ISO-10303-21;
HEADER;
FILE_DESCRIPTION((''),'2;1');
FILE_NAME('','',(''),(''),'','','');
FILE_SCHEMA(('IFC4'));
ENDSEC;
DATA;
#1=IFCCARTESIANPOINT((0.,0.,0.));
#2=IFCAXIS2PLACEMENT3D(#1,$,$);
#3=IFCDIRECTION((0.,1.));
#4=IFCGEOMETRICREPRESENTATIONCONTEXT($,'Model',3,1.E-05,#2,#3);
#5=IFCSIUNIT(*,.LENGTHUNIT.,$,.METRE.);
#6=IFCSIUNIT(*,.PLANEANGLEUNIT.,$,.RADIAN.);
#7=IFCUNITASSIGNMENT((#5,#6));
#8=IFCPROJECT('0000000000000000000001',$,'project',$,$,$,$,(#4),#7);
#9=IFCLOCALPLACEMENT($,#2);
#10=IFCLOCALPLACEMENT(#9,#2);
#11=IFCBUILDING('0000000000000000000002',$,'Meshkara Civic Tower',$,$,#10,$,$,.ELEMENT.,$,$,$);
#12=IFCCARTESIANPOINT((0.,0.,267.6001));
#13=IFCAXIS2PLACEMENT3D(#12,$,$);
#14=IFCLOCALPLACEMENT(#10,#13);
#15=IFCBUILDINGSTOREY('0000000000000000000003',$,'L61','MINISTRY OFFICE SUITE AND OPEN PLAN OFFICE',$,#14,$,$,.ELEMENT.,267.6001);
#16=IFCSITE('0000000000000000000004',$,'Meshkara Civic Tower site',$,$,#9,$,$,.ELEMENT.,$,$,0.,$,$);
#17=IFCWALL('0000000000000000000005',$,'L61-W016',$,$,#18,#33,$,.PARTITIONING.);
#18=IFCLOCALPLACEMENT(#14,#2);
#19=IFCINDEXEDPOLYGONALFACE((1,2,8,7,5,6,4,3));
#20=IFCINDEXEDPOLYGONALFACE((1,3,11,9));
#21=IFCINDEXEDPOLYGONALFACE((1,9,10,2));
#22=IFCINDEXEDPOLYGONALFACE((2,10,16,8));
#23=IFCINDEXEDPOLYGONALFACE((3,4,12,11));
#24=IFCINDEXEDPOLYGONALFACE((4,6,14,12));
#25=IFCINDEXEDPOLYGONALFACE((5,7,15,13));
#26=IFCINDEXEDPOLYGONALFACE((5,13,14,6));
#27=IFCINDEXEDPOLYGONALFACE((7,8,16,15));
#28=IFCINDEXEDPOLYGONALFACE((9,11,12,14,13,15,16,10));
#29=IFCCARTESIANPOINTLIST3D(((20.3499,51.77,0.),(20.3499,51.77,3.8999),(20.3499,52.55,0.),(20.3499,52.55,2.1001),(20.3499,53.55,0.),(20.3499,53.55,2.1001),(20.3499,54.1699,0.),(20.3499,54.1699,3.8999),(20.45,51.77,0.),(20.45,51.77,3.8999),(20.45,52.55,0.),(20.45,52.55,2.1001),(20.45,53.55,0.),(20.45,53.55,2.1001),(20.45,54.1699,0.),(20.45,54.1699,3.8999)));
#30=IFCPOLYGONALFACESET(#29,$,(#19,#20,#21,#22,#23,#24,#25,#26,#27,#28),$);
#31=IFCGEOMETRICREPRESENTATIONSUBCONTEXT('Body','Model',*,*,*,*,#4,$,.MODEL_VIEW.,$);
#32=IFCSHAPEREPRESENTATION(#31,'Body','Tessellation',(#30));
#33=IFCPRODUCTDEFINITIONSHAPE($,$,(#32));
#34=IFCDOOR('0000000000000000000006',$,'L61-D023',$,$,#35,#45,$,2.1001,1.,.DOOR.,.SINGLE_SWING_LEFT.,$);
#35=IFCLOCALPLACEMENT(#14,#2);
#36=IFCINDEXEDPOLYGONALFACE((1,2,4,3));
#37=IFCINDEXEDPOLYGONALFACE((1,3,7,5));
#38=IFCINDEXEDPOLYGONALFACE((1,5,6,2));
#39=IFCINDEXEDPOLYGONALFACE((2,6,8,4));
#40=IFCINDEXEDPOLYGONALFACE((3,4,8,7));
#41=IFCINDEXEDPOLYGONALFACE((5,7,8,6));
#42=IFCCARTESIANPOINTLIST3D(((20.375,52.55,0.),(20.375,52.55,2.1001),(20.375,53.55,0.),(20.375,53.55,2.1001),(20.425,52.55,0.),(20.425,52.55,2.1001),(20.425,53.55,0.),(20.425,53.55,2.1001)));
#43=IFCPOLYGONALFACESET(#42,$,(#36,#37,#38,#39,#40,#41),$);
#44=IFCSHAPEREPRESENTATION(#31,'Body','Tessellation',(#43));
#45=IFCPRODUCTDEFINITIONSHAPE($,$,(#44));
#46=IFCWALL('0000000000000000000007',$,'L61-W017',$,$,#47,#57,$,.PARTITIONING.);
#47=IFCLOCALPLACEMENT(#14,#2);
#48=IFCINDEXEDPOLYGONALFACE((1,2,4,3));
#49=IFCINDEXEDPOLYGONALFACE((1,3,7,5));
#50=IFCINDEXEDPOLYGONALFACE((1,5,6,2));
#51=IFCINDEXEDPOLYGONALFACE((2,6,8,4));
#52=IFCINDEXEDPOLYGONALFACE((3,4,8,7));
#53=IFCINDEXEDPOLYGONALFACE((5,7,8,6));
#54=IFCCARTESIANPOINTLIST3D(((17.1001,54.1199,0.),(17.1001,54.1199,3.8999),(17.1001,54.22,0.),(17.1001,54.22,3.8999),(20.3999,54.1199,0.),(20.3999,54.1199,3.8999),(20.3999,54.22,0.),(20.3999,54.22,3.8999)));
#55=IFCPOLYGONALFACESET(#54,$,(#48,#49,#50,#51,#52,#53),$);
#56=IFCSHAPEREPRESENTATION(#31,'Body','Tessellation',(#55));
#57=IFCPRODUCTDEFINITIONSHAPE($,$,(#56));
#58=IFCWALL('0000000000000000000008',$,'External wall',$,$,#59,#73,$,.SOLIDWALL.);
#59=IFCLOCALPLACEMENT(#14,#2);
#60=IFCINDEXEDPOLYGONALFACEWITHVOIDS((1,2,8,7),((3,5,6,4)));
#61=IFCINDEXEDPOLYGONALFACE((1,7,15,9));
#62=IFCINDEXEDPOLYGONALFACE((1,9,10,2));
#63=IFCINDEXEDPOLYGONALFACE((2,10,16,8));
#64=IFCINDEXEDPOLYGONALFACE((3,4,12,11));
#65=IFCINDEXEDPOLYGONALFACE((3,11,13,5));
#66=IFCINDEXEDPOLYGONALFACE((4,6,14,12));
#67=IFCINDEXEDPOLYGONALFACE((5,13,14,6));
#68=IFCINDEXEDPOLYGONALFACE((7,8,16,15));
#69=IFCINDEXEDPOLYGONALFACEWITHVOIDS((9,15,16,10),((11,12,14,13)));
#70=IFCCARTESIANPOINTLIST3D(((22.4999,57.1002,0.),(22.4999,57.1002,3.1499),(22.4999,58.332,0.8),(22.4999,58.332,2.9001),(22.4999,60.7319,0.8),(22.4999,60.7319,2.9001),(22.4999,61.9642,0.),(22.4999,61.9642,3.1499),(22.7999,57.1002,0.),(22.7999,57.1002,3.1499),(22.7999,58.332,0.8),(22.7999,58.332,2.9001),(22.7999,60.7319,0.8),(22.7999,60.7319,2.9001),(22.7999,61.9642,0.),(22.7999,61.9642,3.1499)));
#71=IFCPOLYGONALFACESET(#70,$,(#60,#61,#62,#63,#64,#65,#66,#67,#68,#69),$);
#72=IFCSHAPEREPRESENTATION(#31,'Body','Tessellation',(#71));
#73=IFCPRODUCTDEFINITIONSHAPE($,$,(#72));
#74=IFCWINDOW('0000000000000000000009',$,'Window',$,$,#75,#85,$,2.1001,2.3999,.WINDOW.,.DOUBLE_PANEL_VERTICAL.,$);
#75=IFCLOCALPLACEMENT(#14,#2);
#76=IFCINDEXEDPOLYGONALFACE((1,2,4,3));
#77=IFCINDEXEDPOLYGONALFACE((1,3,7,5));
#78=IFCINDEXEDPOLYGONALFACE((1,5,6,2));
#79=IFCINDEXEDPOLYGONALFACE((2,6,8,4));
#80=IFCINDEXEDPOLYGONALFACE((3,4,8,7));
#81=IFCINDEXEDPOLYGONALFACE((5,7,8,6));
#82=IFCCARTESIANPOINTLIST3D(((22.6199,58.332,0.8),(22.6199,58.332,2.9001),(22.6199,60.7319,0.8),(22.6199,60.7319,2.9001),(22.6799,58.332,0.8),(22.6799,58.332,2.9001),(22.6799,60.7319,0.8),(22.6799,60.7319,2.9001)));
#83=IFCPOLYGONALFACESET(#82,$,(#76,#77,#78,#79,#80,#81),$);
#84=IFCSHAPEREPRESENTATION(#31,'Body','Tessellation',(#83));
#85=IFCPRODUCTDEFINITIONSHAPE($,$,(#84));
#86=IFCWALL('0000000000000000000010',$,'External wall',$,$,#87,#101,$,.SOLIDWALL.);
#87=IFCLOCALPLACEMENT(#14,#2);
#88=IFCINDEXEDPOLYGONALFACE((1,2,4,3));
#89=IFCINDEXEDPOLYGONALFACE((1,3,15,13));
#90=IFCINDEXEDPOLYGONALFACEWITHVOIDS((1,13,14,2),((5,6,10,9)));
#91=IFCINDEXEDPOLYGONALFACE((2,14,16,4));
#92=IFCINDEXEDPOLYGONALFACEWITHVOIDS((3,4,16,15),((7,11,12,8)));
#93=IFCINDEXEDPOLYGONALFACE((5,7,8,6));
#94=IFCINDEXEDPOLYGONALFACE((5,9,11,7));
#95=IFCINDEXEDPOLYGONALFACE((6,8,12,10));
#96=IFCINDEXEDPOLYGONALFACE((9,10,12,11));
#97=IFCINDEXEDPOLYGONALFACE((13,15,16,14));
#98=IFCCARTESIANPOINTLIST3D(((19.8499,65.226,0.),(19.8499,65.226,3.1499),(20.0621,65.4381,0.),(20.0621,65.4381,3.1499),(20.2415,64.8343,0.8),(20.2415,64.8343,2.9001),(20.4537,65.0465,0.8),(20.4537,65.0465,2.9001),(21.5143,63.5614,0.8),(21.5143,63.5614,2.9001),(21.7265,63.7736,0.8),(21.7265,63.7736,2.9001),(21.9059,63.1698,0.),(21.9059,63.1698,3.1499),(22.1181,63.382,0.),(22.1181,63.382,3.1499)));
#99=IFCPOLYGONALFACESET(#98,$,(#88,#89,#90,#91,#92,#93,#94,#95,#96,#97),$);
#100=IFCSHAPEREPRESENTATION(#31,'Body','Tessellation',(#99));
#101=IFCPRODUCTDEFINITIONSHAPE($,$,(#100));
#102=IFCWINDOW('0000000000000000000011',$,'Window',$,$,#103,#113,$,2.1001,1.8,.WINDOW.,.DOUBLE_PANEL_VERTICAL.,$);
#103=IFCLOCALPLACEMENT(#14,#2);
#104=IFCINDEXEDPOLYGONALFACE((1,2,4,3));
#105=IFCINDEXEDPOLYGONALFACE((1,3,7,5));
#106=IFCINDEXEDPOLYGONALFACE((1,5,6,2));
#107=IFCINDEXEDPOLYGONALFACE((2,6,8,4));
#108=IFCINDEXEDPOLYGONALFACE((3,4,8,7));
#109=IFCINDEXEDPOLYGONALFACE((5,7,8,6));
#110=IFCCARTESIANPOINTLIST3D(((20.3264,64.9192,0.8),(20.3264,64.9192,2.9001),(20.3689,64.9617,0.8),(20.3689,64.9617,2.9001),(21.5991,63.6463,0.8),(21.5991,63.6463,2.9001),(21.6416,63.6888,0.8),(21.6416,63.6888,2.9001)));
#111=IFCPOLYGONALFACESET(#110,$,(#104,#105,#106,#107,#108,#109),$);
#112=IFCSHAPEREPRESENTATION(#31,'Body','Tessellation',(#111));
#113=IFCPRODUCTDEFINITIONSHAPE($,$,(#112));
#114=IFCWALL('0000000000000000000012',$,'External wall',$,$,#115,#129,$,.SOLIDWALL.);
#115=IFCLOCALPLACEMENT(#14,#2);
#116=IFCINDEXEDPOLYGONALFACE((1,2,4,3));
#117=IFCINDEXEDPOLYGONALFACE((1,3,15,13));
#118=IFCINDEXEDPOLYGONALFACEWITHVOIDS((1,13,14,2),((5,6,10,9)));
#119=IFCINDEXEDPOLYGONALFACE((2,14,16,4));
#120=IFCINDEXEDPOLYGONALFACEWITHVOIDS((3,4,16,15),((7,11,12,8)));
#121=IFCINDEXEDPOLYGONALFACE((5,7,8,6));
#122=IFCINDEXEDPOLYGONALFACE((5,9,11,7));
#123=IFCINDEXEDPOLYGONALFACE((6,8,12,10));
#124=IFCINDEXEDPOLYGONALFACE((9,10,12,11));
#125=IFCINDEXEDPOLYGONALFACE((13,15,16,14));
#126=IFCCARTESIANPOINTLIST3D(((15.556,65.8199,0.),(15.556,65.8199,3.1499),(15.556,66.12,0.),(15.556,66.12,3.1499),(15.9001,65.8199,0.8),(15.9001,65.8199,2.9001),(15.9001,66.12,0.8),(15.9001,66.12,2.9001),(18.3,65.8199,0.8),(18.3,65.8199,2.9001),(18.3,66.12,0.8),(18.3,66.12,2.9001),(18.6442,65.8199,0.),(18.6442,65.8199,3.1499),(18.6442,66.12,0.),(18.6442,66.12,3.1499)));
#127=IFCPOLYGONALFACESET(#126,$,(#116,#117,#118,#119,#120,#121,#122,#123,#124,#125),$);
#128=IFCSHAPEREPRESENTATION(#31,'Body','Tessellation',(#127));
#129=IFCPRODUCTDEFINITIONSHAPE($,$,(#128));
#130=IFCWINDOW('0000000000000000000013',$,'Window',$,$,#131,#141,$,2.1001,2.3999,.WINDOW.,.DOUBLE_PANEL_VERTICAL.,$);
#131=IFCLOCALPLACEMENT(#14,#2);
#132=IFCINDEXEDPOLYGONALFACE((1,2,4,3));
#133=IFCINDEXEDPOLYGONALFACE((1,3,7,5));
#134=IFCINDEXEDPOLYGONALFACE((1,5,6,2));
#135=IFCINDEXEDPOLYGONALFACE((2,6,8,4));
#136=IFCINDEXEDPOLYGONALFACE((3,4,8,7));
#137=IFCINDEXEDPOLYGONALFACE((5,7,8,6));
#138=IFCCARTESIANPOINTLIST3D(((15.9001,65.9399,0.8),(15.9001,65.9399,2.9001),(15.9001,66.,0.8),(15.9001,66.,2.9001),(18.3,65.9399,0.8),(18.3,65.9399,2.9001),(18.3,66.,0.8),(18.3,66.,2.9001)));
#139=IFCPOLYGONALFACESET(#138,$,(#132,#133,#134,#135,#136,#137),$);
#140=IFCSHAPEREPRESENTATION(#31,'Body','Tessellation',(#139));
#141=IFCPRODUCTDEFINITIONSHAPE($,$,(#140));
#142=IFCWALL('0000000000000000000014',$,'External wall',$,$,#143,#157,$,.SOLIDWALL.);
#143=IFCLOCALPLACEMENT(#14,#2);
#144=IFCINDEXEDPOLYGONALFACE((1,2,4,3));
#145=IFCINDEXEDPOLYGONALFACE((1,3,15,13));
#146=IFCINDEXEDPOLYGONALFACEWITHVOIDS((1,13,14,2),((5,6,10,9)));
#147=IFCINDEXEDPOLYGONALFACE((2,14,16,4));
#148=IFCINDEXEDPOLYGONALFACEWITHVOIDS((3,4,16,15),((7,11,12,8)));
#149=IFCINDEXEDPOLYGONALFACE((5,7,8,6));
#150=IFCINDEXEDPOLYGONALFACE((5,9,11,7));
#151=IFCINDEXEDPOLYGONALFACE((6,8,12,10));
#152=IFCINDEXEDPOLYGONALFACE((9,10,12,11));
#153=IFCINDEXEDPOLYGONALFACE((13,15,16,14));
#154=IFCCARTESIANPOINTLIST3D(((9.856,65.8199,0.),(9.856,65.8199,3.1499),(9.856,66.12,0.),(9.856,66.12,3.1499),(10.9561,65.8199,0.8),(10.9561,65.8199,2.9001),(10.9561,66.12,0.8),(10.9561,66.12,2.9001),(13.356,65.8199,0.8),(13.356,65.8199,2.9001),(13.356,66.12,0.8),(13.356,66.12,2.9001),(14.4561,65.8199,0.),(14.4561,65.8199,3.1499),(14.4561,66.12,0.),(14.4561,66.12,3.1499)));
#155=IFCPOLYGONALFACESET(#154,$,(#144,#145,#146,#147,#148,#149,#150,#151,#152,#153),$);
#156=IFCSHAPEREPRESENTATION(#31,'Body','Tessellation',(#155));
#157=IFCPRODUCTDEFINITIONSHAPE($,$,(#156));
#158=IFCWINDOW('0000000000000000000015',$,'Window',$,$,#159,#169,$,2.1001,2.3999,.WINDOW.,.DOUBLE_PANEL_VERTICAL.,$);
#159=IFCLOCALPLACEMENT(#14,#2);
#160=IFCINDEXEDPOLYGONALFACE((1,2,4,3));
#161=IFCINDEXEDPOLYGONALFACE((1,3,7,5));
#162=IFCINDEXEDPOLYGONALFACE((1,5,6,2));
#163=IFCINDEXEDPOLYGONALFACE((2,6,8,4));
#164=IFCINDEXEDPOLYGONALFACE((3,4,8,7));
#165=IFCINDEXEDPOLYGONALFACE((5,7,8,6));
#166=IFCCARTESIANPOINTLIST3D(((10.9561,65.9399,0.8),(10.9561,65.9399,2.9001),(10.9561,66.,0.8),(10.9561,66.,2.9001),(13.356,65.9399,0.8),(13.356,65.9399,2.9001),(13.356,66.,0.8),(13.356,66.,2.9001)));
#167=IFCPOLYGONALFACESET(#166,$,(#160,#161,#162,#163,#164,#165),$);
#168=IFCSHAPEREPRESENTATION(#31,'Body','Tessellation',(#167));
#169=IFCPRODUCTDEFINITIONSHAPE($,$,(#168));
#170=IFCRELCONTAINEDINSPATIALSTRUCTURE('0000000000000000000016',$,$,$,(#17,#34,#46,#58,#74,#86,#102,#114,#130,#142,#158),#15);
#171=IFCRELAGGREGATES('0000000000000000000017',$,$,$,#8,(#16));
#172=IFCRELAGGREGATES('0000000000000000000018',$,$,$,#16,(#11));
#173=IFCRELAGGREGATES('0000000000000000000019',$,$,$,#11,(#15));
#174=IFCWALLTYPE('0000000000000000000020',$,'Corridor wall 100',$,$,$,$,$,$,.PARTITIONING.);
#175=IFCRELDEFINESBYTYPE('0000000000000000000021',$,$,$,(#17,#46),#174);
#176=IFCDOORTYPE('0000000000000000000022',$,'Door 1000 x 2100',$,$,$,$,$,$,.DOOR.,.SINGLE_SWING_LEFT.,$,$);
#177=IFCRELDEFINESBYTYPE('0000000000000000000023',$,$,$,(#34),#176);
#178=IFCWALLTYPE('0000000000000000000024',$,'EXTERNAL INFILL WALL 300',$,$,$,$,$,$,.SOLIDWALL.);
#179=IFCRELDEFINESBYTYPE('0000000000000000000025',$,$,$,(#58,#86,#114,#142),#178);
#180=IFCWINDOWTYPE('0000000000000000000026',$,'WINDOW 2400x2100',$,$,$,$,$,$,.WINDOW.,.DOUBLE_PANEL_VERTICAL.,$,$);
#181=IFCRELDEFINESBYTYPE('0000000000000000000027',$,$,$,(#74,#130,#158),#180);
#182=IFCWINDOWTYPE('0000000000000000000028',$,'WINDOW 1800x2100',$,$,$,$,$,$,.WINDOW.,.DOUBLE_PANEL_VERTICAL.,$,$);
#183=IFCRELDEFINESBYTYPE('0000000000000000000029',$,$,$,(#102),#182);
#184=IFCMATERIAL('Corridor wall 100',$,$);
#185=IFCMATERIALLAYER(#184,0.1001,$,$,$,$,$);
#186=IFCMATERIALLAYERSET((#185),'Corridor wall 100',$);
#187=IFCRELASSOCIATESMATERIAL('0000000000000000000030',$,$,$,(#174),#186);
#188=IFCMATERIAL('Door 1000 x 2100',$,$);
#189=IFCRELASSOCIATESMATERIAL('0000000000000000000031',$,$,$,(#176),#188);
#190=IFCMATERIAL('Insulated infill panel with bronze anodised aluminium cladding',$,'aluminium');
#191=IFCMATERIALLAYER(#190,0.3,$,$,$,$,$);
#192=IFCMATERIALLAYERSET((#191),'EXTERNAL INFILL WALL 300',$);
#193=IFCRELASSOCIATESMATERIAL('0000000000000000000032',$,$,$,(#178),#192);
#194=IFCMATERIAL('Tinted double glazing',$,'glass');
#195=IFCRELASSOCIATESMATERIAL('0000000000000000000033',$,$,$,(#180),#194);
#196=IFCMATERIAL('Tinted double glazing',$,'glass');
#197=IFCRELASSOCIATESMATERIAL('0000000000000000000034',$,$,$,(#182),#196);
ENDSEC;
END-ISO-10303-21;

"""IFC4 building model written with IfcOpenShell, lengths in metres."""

from ifc_helpers import new_model, si_unit, direction, frame, frame_2d, origin, place, context, subcontext, project, spatial, rectangle, extrude, material, layer, layer_set, type_object, element, fill, save


model = new_model("IFC4")

# Units and contexts
model_context = context("Model", 3, precision=1e-05, world=origin(), true_north=direction((0.0, 1.0)))
body_context = subcontext(model_context, "Body", "Model", "MODEL_VIEW")
ifc_project = project(units=[si_unit("LENGTHUNIT", "METRE"), si_unit("PLANEANGLEUNIT", "RADIAN")], contexts=[model_context])

# Site, building, storey
site_placement = place(None, origin())
site = spatial("IfcSite", under=ifc_project, at=site_placement, Name="Meshkara Civic Tower site", CompositionType="ELEMENT", RefElevation=0.0)
building_placement = place(site_placement, origin())
building = spatial("IfcBuilding", under=site, at=building_placement, Name="Meshkara Civic Tower", CompositionType="ELEMENT")
storey_placement = place(building_placement, frame((0.0, 0.0, 267.6001)))
storey = spatial("IfcBuildingStorey", under=building, at=storey_placement, Name="L61", Description="MINISTRY OFFICE SUITE AND OPEN PLAN OFFICE", CompositionType="ELEMENT", Elevation=267.6001)

# Shared definitions
ifc_material_1 = material(Name="Corridor wall 100")
ifc_layer_1 = layer(ifc_material_1, 0.1001)
ifc_layer_set_1 = layer_set([ifc_layer_1], Name="Corridor wall 100")
wall_type_1 = type_object("IfcWallType", Name="Corridor wall 100", PredefinedType="PARTITIONING", material=ifc_layer_set_1)

# Wall, opening, door
wall_1_placement = place(storey_placement, frame((20.3999, 51.77, 0.0), z_axis=(0.0, 0.0, 1.0), x_axis=(0.0, 1.0, 0.0)))
wall_1 = element("IfcWall", 1, at=wall_1_placement, inside=storey, type_object=wall_type_1, Name="L61-W016", PredefinedType="PARTITIONING", context=body_context, shape_type="SweptSolid", body=[
    extrude(rectangle(XDim=2.3999, YDim=0.1001, at=frame_2d((1.2, 0.0))), origin(), (0.0, 0.0, 1.0), 3.8999),
])
opening_1_placement = place(wall_1_placement, frame((0.78, 0.0, 0.0)))
opening_1 = element("IfcOpeningElement", 2, at=opening_1_placement, cuts=wall_1, PredefinedType="OPENING", context=body_context, shape_type="SweptSolid", body=[
    extrude(rectangle(XDim=1.0, YDim=2.1001, at=frame_2d((0.5, 1.05))), frame((0.0, 0.0601, 0.0), z_axis=(0.0, -1.0, 0.0), x_axis=(1.0, 0.0, 0.0)), (0.0, 0.0, 1.0), 0.1201),
])
ifc_material_2 = material(Name="Door 1000 x 2100")
door_type_1 = type_object("IfcDoorType", Name="Door 1000 x 2100", OperationType="SINGLE_SWING_LEFT", PredefinedType="DOOR", material=ifc_material_2)
door_1_placement = place(opening_1_placement, origin())
door_1 = element("IfcDoor", 3, at=door_1_placement, inside=storey, type_object=door_type_1, Name="L61-D023", OperationType="SINGLE_SWING_LEFT", OverallHeight=2.1001, OverallWidth=1.0, PredefinedType="DOOR", context=body_context, shape_type="SweptSolid", body=[
    extrude(rectangle(XDim=1.0, YDim=2.1001, at=frame_2d((0.5, 1.05))), frame((0.0, 0.0249, 0.0), z_axis=(0.0, -1.0, 0.0), x_axis=(1.0, 0.0, 0.0)), (0.0, 0.0, 1.0), 0.05),
])
fill(opening_1, door_1)

# Wall
wall_2_placement = place(storey_placement, frame((20.3999, 54.1699, 0.0), z_axis=(0.0, 0.0, 1.0), x_axis=(-1.0, 0.0, 0.0)))
element("IfcWall", 4, at=wall_2_placement, inside=storey, type_object=wall_type_1, Name="L61-W017", PredefinedType="PARTITIONING", context=body_context, shape_type="SweptSolid", body=[
    extrude(rectangle(XDim=3.2998, YDim=0.1001, at=frame_2d((1.6499, 0.0))), origin(), (0.0, 0.0, 1.0), 3.8999),
])

# Walls, openings, windows
ifc_material_3 = material(Name="Insulated infill panel with bronze anodised aluminium cladding", Category="aluminium")
ifc_layer_2 = layer(ifc_material_3, 0.3)
ifc_layer_set_2 = layer_set([ifc_layer_2], Name="EXTERNAL INFILL WALL 300")
wall_type_2 = type_object("IfcWallType", Name="EXTERNAL INFILL WALL 300", PredefinedType="SOLIDWALL", material=ifc_layer_set_2)
wall_3_placement = place(storey_placement, frame((22.6499, 57.1001, 0.0), z_axis=(0.0, 0.0, 1.0), x_axis=(0.0, 1.0, 0.0)))
wall_3 = element("IfcWall", 5, at=wall_3_placement, inside=storey, type_object=wall_type_2, Name="External wall", PredefinedType="SOLIDWALL", context=body_context, shape_type="SweptSolid", body=[
    extrude(rectangle(XDim=4.864, YDim=0.3, at=frame_2d((2.4321, 0.0))), origin(), (0.0, 0.0, 1.0), 3.1499),
])
opening_2_placement = place(wall_3_placement, frame((1.2319, 0.0, 0.8)))
opening_2 = element("IfcOpeningElement", 6, at=opening_2_placement, cuts=wall_3, PredefinedType="OPENING", context=body_context, shape_type="SweptSolid", body=[
    extrude(rectangle(XDim=2.3999, YDim=2.1001, at=frame_2d((1.2, 1.05))), frame((0.0, 0.1599, 0.0), z_axis=(0.0, -1.0, 0.0), x_axis=(1.0, 0.0, 0.0)), (0.0, 0.0, 1.0), 0.3201),
])
ifc_material_4 = material(Name="Tinted double glazing", Category="glass")
window_type_1 = type_object("IfcWindowType", Name="WINDOW 2400x2100", PartitioningType="DOUBLE_PANEL_VERTICAL", PredefinedType="WINDOW", material=ifc_material_4)
window_1_placement = place(opening_2_placement, origin())
window_1 = element("IfcWindow", 7, at=window_1_placement, inside=storey, type_object=window_type_1, Name="Window", OverallHeight=2.1001, OverallWidth=2.3999, PartitioningType="DOUBLE_PANEL_VERTICAL", PredefinedType="WINDOW", context=body_context, shape_type="SweptSolid", body=[
    extrude(rectangle(XDim=2.3999, YDim=2.1001, at=frame_2d((1.2, 1.05))), frame((0.0, 0.03, 0.0), z_axis=(0.0, -1.0, 0.0), x_axis=(1.0, 0.0, 0.0)), (0.0, 0.0, 1.0), 0.0601),
])
fill(opening_2, window_1)
wall_4_placement = place(storey_placement, frame((22.012, 63.2759, 0.0), z_axis=(0.0, 0.0, 1.0), x_axis=(-0.707065, 0.707149, 0.0)))
wall_4 = element("IfcWall", 8, at=wall_4_placement, inside=storey, type_object=wall_type_2, Name="External wall", PredefinedType="SOLIDWALL", context=body_context, shape_type="SweptSolid", body=[
    extrude(rectangle(XDim=2.9077, YDim=0.3, at=frame_2d((1.4539, 0.0))), origin(), (0.0, 0.0, 1.0), 3.1499),
])
opening_3_placement = place(wall_4_placement, frame((0.554, 0.0, 0.8)))
opening_3 = element("IfcOpeningElement", 9, at=opening_3_placement, cuts=wall_4, PredefinedType="OPENING", context=body_context, shape_type="SweptSolid", body=[
    extrude(rectangle(XDim=1.8, YDim=2.1001, at=frame_2d((0.8999, 1.05))), frame((0.0, 0.1599, 0.0), z_axis=(0.0, -1.0, 0.0), x_axis=(1.0, 0.0, 0.0)), (0.0, 0.0, 1.0), 0.3201),
])
ifc_material_5 = material(Name="Tinted double glazing", Category="glass")
window_type_2 = type_object("IfcWindowType", Name="WINDOW 1800x2100", PartitioningType="DOUBLE_PANEL_VERTICAL", PredefinedType="WINDOW", material=ifc_material_5)
window_2_placement = place(opening_3_placement, origin())
window_2 = element("IfcWindow", 10, at=window_2_placement, inside=storey, type_object=window_type_2, Name="Window", OverallHeight=2.1001, OverallWidth=1.8, PartitioningType="DOUBLE_PANEL_VERTICAL", PredefinedType="WINDOW", context=body_context, shape_type="SweptSolid", body=[
    extrude(rectangle(XDim=1.8, YDim=2.1001, at=frame_2d((0.8999, 1.05))), frame((0.0, 0.03, 0.0), z_axis=(0.0, -1.0, 0.0), x_axis=(1.0, 0.0, 0.0)), (0.0, 0.0, 1.0), 0.0601),
])
fill(opening_3, window_2)
wall_5_placement = place(storey_placement, frame((18.644, 65.97, 0.0), z_axis=(0.0, 0.0, 1.0), x_axis=(-1.0, 0.0, 0.0)))
wall_5 = element("IfcWall", 11, at=wall_5_placement, inside=storey, type_object=wall_type_2, Name="External wall", PredefinedType="SOLIDWALL", context=body_context, shape_type="SweptSolid", body=[
    extrude(rectangle(XDim=3.0881, YDim=0.3, at=frame_2d((1.5439, 0.0))), origin(), (0.0, 0.0, 1.0), 3.1499),
])
opening_4_placement = place(wall_5_placement, frame((0.344, 0.0, 0.8)))
opening_4 = element("IfcOpeningElement", 12, at=opening_4_placement, cuts=wall_5, PredefinedType="OPENING", context=body_context, shape_type="SweptSolid", body=[
    extrude(rectangle(XDim=2.3999, YDim=2.1001, at=frame_2d((1.2, 1.05))), frame((0.0, 0.1599, 0.0), z_axis=(0.0, -1.0, 0.0), x_axis=(1.0, 0.0, 0.0)), (0.0, 0.0, 1.0), 0.3201),
])
window_3_placement = place(opening_4_placement, origin())
window_3 = element("IfcWindow", 13, at=window_3_placement, inside=storey, type_object=window_type_1, Name="Window", OverallHeight=2.1001, OverallWidth=2.3999, PartitioningType="DOUBLE_PANEL_VERTICAL", PredefinedType="WINDOW", context=body_context, shape_type="SweptSolid", body=[
    extrude(rectangle(XDim=2.3999, YDim=2.1001, at=frame_2d((1.2, 1.05))), frame((0.0, 0.03, 0.0), z_axis=(0.0, -1.0, 0.0), x_axis=(1.0, 0.0, 0.0)), (0.0, 0.0, 1.0), 0.0601),
])
fill(opening_4, window_3)
wall_6_placement = place(storey_placement, frame((14.4561, 65.97, 0.0), z_axis=(0.0, 0.0, 1.0), x_axis=(-1.0, 0.0, 0.0)))
wall_6 = element("IfcWall", 14, at=wall_6_placement, inside=storey, type_object=wall_type_2, Name="External wall", PredefinedType="SOLIDWALL", context=body_context, shape_type="SweptSolid", body=[
    extrude(rectangle(XDim=4.6001, YDim=0.3, at=frame_2d((2.3, 0.0))), origin(), (0.0, 0.0, 1.0), 3.1499),
])
opening_5_placement = place(wall_6_placement, frame((1.1001, 0.0, 0.8)))
opening_5 = element("IfcOpeningElement", 15, at=opening_5_placement, cuts=wall_6, PredefinedType="OPENING", context=body_context, shape_type="SweptSolid", body=[
    extrude(rectangle(XDim=2.3999, YDim=2.1001, at=frame_2d((1.2, 1.05))), frame((0.0, 0.1599, 0.0), z_axis=(0.0, -1.0, 0.0), x_axis=(1.0, 0.0, 0.0)), (0.0, 0.0, 1.0), 0.3201),
])
window_4_placement = place(opening_5_placement, origin())
window_4 = element("IfcWindow", 16, at=window_4_placement, inside=storey, type_object=window_type_1, Name="Window", OverallHeight=2.1001, OverallWidth=2.3999, PartitioningType="DOUBLE_PANEL_VERTICAL", PredefinedType="WINDOW", context=body_context, shape_type="SweptSolid", body=[
    extrude(rectangle(XDim=2.3999, YDim=2.1001, at=frame_2d((1.2, 1.05))), frame((0.0, 0.03, 0.0), z_axis=(0.0, -1.0, 0.0), x_axis=(1.0, 0.0, 0.0)), (0.0, 0.0, 1.0), 0.0601),
])
fill(opening_5, window_4)

save(model, "model.ifc")
